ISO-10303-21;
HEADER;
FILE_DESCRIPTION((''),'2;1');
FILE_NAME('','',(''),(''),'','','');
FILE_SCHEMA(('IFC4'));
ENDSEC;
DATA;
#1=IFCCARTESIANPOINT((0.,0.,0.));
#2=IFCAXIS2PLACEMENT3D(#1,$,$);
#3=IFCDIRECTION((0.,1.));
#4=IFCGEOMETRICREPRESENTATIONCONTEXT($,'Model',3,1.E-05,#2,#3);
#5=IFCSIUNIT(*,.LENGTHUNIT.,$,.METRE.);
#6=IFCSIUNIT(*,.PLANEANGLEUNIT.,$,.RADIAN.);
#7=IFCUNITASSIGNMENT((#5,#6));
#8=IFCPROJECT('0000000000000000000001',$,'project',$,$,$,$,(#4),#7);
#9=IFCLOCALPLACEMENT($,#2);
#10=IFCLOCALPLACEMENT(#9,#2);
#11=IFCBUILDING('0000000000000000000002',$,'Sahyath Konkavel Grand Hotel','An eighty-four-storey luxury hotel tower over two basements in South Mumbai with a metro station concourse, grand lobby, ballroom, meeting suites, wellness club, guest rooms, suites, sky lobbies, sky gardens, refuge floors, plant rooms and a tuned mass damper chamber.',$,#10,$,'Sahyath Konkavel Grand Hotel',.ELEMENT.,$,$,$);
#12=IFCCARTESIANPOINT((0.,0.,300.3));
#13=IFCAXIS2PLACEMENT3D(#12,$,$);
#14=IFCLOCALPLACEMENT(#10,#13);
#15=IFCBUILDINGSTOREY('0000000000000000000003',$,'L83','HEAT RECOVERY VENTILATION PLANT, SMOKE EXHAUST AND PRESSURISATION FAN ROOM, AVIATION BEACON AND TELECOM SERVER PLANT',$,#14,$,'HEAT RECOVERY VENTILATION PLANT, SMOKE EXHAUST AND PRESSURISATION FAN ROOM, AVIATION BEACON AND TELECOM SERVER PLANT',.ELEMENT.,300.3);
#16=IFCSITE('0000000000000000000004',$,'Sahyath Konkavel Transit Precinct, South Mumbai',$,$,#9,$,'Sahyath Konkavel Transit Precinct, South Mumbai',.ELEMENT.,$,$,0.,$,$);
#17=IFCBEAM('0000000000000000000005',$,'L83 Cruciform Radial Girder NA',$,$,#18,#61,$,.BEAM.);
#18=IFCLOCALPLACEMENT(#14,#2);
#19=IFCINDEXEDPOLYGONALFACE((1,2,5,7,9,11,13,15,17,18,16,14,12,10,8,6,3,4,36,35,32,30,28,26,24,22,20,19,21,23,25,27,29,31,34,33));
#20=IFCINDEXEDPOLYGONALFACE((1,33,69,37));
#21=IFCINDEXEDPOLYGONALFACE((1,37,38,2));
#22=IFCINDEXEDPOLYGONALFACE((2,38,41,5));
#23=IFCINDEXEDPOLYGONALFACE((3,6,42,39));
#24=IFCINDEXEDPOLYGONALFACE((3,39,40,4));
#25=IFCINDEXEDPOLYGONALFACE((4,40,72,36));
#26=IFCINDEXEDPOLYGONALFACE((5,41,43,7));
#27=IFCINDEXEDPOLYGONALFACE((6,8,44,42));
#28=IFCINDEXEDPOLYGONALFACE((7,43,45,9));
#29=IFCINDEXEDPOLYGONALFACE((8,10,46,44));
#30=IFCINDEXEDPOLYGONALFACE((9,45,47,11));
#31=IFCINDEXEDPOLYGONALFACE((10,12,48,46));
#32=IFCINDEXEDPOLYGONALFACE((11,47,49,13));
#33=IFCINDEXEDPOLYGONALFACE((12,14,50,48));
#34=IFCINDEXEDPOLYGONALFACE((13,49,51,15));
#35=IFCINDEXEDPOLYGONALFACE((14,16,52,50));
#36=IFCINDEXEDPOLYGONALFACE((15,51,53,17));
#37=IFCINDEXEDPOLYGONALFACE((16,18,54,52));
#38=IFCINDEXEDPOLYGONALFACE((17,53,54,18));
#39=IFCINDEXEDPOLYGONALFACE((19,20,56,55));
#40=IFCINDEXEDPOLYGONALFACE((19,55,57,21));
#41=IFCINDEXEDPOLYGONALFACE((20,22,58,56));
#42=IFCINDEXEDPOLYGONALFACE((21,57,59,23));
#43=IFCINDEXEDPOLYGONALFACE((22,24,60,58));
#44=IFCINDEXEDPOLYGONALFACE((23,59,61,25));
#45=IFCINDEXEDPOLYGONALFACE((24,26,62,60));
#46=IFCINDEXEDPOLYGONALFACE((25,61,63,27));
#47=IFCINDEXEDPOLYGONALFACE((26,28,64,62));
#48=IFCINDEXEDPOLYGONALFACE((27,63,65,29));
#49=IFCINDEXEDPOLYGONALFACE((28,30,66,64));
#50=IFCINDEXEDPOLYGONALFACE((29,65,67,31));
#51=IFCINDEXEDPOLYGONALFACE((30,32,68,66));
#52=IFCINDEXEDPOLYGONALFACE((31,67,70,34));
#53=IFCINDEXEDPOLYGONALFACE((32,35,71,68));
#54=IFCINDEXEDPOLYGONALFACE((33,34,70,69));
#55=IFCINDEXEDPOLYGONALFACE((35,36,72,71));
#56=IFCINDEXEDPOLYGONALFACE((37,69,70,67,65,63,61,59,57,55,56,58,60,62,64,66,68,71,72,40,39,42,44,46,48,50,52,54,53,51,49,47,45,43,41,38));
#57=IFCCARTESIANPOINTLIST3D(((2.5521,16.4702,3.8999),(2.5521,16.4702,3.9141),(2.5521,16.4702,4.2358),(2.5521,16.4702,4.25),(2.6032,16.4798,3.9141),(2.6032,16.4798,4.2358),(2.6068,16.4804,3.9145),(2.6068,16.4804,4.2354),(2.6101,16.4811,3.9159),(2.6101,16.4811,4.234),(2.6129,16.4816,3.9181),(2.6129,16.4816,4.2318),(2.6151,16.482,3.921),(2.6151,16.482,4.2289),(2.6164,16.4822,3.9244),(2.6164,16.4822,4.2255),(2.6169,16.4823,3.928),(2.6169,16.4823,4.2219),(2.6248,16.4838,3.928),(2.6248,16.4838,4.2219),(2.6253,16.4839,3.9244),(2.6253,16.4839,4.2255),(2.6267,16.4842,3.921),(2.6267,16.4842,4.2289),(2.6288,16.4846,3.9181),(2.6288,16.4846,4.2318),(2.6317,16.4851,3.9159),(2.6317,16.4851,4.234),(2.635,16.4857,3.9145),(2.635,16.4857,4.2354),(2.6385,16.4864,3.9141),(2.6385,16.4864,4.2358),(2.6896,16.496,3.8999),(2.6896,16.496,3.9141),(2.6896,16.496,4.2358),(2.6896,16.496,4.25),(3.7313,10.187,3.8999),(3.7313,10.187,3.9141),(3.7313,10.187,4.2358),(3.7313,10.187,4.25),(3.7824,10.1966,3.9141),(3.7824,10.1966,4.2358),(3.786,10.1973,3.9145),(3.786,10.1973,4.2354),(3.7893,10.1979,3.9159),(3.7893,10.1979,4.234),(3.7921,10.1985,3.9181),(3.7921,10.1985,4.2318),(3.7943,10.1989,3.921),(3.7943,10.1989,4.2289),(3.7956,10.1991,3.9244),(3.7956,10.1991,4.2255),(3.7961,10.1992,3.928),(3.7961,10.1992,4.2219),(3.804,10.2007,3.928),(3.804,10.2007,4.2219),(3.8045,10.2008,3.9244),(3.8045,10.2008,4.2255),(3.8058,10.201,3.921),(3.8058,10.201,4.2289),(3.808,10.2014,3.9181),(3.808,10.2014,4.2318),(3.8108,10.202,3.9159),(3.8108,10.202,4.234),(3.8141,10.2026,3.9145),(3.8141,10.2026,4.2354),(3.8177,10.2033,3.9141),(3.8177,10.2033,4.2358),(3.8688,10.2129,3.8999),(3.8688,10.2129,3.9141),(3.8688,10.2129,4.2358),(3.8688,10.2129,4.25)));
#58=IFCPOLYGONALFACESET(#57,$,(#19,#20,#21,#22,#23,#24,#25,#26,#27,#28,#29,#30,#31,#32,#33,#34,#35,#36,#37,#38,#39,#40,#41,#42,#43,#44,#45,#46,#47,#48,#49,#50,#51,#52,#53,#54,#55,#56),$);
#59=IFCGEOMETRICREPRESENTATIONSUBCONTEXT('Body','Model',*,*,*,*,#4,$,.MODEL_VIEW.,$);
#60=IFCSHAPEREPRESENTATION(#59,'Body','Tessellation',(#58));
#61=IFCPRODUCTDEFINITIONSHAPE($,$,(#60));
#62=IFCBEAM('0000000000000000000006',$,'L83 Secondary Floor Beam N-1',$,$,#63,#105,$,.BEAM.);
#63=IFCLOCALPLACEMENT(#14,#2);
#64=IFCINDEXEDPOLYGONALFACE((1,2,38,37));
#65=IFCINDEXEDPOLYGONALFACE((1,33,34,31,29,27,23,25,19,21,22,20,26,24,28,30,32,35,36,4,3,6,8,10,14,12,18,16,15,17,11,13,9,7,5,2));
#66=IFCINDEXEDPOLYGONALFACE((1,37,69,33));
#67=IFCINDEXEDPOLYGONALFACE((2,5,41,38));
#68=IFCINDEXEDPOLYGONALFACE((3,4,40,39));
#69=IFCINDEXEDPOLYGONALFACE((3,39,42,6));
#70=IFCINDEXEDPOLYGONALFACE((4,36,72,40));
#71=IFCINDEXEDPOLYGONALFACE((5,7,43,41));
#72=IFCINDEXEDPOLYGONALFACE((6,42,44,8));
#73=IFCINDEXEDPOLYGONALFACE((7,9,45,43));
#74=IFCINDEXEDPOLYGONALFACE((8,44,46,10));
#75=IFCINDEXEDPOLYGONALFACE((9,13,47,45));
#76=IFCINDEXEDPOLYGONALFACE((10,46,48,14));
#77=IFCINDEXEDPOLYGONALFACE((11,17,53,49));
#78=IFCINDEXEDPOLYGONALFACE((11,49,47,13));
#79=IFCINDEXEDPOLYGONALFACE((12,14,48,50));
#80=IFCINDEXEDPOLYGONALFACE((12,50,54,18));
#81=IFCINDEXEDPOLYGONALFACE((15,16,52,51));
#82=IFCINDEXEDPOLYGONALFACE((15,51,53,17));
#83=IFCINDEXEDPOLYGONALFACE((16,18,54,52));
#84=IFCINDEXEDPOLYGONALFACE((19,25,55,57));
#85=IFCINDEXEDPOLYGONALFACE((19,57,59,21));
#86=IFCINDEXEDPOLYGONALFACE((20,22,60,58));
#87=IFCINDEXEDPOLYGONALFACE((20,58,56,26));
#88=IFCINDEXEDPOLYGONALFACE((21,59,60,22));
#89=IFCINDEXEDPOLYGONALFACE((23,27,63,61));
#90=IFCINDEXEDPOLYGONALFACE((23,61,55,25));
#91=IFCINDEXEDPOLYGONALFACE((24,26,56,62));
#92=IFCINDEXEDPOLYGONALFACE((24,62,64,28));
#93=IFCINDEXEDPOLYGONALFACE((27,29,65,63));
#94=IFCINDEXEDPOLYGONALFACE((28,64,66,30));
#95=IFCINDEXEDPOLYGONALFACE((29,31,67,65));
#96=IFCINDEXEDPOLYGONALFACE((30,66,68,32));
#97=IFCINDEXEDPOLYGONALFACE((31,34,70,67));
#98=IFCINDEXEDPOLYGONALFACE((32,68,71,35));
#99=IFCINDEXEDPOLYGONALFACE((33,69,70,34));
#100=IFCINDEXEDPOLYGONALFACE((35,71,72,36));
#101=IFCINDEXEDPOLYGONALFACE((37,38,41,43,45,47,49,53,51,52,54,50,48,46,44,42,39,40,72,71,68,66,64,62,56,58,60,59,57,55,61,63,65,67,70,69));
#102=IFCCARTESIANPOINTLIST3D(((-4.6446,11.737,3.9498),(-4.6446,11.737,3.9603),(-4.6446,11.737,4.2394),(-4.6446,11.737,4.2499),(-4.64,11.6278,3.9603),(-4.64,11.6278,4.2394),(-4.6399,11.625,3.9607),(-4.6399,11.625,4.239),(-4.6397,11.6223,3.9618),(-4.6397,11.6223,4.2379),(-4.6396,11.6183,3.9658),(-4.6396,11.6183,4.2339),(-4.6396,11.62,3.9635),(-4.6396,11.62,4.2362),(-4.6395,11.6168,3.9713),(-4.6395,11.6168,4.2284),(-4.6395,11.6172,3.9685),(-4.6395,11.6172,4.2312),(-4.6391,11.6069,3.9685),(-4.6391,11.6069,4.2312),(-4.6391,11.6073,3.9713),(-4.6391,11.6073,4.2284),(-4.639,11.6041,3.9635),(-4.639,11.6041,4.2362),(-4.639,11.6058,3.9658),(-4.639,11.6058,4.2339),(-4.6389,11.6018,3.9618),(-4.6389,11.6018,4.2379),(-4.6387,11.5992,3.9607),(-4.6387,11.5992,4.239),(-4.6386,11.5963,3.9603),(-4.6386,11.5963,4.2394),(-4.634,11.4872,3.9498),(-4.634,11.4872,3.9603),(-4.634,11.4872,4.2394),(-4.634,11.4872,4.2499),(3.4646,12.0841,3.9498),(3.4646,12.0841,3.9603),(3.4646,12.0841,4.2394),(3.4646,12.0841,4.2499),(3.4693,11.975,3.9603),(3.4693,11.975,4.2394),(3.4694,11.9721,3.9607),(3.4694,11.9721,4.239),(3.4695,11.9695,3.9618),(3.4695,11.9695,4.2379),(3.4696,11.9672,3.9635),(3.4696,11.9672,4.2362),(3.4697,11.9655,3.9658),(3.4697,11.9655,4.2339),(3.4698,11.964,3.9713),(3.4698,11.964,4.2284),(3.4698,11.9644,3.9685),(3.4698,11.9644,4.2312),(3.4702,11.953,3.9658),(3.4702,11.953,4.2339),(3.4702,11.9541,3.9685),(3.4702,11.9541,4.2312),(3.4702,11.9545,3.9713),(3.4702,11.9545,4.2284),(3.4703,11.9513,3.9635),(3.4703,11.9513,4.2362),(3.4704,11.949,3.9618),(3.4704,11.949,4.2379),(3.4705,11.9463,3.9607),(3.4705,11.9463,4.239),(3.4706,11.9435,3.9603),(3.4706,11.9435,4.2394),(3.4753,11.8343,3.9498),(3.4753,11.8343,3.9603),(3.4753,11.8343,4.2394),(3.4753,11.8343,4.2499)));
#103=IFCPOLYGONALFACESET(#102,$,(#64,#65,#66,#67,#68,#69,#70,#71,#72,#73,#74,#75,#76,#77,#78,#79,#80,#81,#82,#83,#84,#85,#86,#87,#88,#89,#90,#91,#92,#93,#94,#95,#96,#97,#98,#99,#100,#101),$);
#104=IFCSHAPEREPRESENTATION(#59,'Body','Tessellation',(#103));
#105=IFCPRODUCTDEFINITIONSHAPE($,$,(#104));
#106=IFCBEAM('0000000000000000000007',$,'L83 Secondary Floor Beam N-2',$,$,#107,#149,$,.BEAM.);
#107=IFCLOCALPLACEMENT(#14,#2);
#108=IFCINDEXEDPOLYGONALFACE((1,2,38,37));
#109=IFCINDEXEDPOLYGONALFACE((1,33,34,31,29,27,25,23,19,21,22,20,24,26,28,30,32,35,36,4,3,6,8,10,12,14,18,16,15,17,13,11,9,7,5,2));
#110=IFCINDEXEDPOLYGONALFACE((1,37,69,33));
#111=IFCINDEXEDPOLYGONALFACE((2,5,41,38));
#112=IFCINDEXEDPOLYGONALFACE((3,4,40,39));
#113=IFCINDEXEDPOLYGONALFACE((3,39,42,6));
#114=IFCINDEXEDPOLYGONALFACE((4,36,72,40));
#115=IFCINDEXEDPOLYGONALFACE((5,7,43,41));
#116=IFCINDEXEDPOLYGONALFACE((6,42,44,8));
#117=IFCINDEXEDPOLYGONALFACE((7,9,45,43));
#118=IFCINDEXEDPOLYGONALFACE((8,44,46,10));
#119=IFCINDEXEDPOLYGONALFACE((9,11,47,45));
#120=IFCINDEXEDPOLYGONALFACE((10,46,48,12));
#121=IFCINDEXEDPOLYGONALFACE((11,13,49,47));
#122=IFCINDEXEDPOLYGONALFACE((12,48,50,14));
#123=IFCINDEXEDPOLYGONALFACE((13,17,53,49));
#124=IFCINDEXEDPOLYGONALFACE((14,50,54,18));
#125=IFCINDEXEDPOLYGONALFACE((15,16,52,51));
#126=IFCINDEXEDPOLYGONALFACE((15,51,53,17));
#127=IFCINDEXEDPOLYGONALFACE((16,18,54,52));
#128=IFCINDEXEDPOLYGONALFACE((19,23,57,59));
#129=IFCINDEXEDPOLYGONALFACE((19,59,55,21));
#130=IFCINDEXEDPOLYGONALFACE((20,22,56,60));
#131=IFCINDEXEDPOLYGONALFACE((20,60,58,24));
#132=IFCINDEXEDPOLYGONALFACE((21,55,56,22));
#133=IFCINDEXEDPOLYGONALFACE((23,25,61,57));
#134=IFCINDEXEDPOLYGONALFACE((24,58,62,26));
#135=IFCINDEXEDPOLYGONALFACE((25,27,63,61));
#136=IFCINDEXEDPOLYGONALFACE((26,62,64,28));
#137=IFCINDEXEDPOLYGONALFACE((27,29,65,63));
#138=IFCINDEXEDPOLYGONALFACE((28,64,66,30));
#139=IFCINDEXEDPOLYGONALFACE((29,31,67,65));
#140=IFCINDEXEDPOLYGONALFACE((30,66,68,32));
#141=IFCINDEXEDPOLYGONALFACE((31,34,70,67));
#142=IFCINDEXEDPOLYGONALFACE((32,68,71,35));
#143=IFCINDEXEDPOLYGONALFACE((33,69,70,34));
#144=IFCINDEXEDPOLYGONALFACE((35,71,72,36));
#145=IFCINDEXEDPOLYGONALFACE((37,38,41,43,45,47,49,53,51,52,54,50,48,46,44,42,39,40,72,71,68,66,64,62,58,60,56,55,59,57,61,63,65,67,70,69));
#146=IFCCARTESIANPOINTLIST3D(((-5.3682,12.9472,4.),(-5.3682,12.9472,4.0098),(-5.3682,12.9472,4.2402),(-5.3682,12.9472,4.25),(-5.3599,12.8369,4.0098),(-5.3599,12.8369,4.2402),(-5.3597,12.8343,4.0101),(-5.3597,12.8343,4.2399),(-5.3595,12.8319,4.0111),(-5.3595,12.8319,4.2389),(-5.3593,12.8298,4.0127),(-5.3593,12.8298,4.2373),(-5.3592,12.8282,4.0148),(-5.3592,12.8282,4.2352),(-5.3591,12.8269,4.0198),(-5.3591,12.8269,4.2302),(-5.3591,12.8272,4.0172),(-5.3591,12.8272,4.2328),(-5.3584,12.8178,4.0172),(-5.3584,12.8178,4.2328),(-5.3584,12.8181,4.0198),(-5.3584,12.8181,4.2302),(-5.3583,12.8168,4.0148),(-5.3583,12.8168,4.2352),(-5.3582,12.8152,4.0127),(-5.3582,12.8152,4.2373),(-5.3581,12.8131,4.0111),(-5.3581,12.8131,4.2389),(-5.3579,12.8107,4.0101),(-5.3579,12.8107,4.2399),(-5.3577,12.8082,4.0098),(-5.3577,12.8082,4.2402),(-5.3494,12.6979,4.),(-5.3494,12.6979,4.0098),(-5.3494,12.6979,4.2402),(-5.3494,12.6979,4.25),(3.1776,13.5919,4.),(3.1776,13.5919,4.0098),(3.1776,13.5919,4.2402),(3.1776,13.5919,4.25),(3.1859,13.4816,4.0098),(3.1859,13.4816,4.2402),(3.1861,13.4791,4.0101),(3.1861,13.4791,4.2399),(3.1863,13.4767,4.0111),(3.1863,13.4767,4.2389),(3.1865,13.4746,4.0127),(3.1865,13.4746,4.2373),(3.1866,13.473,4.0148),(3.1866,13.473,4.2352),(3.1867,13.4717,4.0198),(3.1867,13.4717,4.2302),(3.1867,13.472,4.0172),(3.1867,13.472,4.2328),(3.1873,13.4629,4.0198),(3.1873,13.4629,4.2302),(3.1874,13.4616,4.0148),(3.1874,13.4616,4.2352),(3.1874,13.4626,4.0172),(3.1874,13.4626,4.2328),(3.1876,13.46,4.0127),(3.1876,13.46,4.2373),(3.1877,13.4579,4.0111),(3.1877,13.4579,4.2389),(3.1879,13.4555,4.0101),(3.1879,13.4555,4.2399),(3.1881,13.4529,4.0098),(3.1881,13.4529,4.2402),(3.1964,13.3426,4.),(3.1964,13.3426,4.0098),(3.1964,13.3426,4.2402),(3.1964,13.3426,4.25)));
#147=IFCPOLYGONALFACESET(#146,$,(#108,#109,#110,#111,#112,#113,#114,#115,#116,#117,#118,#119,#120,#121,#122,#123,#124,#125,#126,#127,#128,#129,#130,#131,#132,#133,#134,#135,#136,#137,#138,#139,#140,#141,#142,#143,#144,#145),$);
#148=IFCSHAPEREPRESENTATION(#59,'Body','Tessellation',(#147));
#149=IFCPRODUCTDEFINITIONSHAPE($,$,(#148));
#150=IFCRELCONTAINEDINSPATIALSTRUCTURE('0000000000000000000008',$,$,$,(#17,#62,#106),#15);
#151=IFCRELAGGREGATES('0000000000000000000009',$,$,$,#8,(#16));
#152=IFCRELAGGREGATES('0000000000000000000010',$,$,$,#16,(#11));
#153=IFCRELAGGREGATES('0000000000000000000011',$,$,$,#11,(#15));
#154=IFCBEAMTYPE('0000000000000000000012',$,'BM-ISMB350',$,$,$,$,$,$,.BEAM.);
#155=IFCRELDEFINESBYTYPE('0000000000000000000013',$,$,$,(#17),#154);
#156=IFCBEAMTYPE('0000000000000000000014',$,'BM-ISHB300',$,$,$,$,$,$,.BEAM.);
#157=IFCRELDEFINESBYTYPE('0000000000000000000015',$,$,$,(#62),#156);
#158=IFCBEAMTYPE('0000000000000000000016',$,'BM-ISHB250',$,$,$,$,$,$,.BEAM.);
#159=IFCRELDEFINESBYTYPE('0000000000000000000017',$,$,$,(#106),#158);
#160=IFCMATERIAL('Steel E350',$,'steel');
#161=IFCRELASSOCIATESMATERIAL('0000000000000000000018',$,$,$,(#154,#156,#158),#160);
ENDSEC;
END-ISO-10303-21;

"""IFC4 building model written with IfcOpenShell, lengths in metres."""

from ifc_helpers import new_model, si_unit, direction, frame, origin, origin_2d, place, context, subcontext, project, spatial, i_section, extrude, source, transform, mapped, material, material_profile, profile_set, type_object, element, save


model = new_model("IFC4")

# Units and contexts
model_context = context("Model", 3, precision=1e-05, world=origin(), true_north=direction((0.0, 1.0)))
body_context = subcontext(model_context, "Body", "Model", "MODEL_VIEW")
ifc_project = project(units=[si_unit("LENGTHUNIT", "METRE"), si_unit("PLANEANGLEUNIT", "RADIAN")], contexts=[model_context])

# Site, building, storey
site_placement = place(None, origin())
site = spatial("IfcSite", under=ifc_project, at=site_placement, Name="Sahyath Konkavel Transit Precinct, South Mumbai", LongName="Sahyath Konkavel Transit Precinct, South Mumbai", CompositionType="ELEMENT", RefElevation=0.0)
building_placement = place(site_placement, origin())
building = spatial("IfcBuilding", under=site, at=building_placement, Name="Sahyath Konkavel Grand Hotel", Description="An eighty-four-storey luxury hotel tower over two basements in South Mumbai with a metro station concourse, grand lobby, ballroom, meeting suites, wellness club, guest rooms, suites, sky lobbies, sky gardens, refuge floors, plant rooms and a tuned mass damper chamber.", LongName="Sahyath Konkavel Grand Hotel", CompositionType="ELEMENT")
storey_placement = place(building_placement, frame((0.0, 0.0, 300.3)))
storey = spatial("IfcBuildingStorey", under=building, at=storey_placement, Name="L83", Description="HEAT RECOVERY VENTILATION PLANT, SMOKE EXHAUST AND PRESSURISATION FAN ROOM, AVIATION BEACON AND TELECOM SERVER PLANT", LongName="HEAT RECOVERY VENTILATION PLANT, SMOKE EXHAUST AND PRESSURISATION FAN ROOM, AVIATION BEACON AND TELECOM SERVER PLANT", CompositionType="ELEMENT", Elevation=300.3)

# Shared definitions
ifc_material_1 = material(Name="Steel E350", Category="steel")

# Beams
ifc_material_profile_1 = material_profile(ifc_material_1, i_section(OverallWidth=0.1399, OverallDepth=0.3501, WebThickness=0.0081, FlangeThickness=0.0142, FilletRadius=0.0139, at=origin_2d()), Name="ISMB 350")
ifc_profile_set_1 = profile_set([ifc_material_profile_1], Name="Steel E350")
beam_type_1 = type_object("IfcBeamType", Name="BM-ISMB350", PredefinedType="BEAM", material=ifc_profile_set_1)
shared_shape_1 = source(origin(), body_context, "Body", "SweptSolid", [
    extrude(i_section(OverallWidth=0.1399, OverallDepth=0.3501, WebThickness=0.0081, FlangeThickness=0.0142, FilletRadius=0.0139, at=origin_2d()), origin(), (0.0, 0.0, 1.0), 6.3928),
])
beam_1_placement = place(storey_placement, frame((3.8, 10.2, 4.075), z_axis=(-0.184455, 0.982841, 0.0), x_axis=(-0.982841, -0.184455, 0.0)))
element("IfcBeam", 1, at=beam_1_placement, inside=storey, type_object=beam_type_1, Name="L83 Cruciform Radial Girder NA", PredefinedType="BEAM", context=body_context, shape_type="MappedRepresentation", body=[
    mapped(shared_shape_1, transform((0.0, 0.0, 0.0), scale=1.0)),
])
ifc_material_profile_2 = material_profile(ifc_material_1, i_section(OverallWidth=0.25, OverallDepth=0.3, WebThickness=0.0095, FlangeThickness=0.0105, FilletRadius=0.011, at=origin_2d()), Name="ISHB 300")
ifc_profile_set_2 = profile_set([ifc_material_profile_2], Name="Steel E350")
beam_type_2 = type_object("IfcBeamType", Name="BM-ISHB300", PredefinedType="BEAM", material=ifc_profile_set_2)
shared_shape_2 = source(origin(), body_context, "Body", "SweptSolid", [
    extrude(i_section(OverallWidth=0.25, OverallDepth=0.3, WebThickness=0.0095, FlangeThickness=0.0105, FilletRadius=0.011, at=origin_2d()), origin(), (0.0, 0.0, 1.0), 8.1167),
])
beam_2_placement = place(storey_placement, frame((3.47, 11.9592, 4.0999), z_axis=(-0.999085, -0.042772, 0.0), x_axis=(0.042772, -0.999085, 0.0)))
element("IfcBeam", 2, at=beam_2_placement, inside=storey, type_object=beam_type_2, Name="L83 Secondary Floor Beam N-1", PredefinedType="BEAM", context=body_context, shape_type="MappedRepresentation", body=[
    mapped(shared_shape_2, transform((0.0, 0.0, 0.0), scale=1.0)),
])
ifc_material_profile_3 = material_profile(ifc_material_1, i_section(OverallWidth=0.25, OverallDepth=0.25, WebThickness=0.0088, FlangeThickness=0.0098, FilletRadius=0.01, at=origin_2d()), Name="ISHB 250")
ifc_profile_set_3 = profile_set([ifc_material_profile_3], Name="Steel E350")
beam_type_3 = type_object("IfcBeamType", Name="BM-ISHB250", PredefinedType="BEAM", material=ifc_profile_set_3)
shared_shape_3 = source(origin(), body_context, "Body", "SweptSolid", [
    extrude(i_section(OverallWidth=0.25, OverallDepth=0.25, WebThickness=0.0088, FlangeThickness=0.0098, FilletRadius=0.01, at=origin_2d()), origin(), (0.0, 0.0, 1.0), 8.5701),
])
beam_3_placement = place(storey_placement, frame((3.187, 13.4673, 4.125), z_axis=(-0.997166, -0.075235, 0.0), x_axis=(0.075235, -0.997166, 0.0)))
element("IfcBeam", 3, at=beam_3_placement, inside=storey, type_object=beam_type_3, Name="L83 Secondary Floor Beam N-2", PredefinedType="BEAM", context=body_context, shape_type="MappedRepresentation", body=[
    mapped(shared_shape_3, transform((0.0, 0.0, 0.0), scale=1.0)),
])

save(model, "model.ifc")
